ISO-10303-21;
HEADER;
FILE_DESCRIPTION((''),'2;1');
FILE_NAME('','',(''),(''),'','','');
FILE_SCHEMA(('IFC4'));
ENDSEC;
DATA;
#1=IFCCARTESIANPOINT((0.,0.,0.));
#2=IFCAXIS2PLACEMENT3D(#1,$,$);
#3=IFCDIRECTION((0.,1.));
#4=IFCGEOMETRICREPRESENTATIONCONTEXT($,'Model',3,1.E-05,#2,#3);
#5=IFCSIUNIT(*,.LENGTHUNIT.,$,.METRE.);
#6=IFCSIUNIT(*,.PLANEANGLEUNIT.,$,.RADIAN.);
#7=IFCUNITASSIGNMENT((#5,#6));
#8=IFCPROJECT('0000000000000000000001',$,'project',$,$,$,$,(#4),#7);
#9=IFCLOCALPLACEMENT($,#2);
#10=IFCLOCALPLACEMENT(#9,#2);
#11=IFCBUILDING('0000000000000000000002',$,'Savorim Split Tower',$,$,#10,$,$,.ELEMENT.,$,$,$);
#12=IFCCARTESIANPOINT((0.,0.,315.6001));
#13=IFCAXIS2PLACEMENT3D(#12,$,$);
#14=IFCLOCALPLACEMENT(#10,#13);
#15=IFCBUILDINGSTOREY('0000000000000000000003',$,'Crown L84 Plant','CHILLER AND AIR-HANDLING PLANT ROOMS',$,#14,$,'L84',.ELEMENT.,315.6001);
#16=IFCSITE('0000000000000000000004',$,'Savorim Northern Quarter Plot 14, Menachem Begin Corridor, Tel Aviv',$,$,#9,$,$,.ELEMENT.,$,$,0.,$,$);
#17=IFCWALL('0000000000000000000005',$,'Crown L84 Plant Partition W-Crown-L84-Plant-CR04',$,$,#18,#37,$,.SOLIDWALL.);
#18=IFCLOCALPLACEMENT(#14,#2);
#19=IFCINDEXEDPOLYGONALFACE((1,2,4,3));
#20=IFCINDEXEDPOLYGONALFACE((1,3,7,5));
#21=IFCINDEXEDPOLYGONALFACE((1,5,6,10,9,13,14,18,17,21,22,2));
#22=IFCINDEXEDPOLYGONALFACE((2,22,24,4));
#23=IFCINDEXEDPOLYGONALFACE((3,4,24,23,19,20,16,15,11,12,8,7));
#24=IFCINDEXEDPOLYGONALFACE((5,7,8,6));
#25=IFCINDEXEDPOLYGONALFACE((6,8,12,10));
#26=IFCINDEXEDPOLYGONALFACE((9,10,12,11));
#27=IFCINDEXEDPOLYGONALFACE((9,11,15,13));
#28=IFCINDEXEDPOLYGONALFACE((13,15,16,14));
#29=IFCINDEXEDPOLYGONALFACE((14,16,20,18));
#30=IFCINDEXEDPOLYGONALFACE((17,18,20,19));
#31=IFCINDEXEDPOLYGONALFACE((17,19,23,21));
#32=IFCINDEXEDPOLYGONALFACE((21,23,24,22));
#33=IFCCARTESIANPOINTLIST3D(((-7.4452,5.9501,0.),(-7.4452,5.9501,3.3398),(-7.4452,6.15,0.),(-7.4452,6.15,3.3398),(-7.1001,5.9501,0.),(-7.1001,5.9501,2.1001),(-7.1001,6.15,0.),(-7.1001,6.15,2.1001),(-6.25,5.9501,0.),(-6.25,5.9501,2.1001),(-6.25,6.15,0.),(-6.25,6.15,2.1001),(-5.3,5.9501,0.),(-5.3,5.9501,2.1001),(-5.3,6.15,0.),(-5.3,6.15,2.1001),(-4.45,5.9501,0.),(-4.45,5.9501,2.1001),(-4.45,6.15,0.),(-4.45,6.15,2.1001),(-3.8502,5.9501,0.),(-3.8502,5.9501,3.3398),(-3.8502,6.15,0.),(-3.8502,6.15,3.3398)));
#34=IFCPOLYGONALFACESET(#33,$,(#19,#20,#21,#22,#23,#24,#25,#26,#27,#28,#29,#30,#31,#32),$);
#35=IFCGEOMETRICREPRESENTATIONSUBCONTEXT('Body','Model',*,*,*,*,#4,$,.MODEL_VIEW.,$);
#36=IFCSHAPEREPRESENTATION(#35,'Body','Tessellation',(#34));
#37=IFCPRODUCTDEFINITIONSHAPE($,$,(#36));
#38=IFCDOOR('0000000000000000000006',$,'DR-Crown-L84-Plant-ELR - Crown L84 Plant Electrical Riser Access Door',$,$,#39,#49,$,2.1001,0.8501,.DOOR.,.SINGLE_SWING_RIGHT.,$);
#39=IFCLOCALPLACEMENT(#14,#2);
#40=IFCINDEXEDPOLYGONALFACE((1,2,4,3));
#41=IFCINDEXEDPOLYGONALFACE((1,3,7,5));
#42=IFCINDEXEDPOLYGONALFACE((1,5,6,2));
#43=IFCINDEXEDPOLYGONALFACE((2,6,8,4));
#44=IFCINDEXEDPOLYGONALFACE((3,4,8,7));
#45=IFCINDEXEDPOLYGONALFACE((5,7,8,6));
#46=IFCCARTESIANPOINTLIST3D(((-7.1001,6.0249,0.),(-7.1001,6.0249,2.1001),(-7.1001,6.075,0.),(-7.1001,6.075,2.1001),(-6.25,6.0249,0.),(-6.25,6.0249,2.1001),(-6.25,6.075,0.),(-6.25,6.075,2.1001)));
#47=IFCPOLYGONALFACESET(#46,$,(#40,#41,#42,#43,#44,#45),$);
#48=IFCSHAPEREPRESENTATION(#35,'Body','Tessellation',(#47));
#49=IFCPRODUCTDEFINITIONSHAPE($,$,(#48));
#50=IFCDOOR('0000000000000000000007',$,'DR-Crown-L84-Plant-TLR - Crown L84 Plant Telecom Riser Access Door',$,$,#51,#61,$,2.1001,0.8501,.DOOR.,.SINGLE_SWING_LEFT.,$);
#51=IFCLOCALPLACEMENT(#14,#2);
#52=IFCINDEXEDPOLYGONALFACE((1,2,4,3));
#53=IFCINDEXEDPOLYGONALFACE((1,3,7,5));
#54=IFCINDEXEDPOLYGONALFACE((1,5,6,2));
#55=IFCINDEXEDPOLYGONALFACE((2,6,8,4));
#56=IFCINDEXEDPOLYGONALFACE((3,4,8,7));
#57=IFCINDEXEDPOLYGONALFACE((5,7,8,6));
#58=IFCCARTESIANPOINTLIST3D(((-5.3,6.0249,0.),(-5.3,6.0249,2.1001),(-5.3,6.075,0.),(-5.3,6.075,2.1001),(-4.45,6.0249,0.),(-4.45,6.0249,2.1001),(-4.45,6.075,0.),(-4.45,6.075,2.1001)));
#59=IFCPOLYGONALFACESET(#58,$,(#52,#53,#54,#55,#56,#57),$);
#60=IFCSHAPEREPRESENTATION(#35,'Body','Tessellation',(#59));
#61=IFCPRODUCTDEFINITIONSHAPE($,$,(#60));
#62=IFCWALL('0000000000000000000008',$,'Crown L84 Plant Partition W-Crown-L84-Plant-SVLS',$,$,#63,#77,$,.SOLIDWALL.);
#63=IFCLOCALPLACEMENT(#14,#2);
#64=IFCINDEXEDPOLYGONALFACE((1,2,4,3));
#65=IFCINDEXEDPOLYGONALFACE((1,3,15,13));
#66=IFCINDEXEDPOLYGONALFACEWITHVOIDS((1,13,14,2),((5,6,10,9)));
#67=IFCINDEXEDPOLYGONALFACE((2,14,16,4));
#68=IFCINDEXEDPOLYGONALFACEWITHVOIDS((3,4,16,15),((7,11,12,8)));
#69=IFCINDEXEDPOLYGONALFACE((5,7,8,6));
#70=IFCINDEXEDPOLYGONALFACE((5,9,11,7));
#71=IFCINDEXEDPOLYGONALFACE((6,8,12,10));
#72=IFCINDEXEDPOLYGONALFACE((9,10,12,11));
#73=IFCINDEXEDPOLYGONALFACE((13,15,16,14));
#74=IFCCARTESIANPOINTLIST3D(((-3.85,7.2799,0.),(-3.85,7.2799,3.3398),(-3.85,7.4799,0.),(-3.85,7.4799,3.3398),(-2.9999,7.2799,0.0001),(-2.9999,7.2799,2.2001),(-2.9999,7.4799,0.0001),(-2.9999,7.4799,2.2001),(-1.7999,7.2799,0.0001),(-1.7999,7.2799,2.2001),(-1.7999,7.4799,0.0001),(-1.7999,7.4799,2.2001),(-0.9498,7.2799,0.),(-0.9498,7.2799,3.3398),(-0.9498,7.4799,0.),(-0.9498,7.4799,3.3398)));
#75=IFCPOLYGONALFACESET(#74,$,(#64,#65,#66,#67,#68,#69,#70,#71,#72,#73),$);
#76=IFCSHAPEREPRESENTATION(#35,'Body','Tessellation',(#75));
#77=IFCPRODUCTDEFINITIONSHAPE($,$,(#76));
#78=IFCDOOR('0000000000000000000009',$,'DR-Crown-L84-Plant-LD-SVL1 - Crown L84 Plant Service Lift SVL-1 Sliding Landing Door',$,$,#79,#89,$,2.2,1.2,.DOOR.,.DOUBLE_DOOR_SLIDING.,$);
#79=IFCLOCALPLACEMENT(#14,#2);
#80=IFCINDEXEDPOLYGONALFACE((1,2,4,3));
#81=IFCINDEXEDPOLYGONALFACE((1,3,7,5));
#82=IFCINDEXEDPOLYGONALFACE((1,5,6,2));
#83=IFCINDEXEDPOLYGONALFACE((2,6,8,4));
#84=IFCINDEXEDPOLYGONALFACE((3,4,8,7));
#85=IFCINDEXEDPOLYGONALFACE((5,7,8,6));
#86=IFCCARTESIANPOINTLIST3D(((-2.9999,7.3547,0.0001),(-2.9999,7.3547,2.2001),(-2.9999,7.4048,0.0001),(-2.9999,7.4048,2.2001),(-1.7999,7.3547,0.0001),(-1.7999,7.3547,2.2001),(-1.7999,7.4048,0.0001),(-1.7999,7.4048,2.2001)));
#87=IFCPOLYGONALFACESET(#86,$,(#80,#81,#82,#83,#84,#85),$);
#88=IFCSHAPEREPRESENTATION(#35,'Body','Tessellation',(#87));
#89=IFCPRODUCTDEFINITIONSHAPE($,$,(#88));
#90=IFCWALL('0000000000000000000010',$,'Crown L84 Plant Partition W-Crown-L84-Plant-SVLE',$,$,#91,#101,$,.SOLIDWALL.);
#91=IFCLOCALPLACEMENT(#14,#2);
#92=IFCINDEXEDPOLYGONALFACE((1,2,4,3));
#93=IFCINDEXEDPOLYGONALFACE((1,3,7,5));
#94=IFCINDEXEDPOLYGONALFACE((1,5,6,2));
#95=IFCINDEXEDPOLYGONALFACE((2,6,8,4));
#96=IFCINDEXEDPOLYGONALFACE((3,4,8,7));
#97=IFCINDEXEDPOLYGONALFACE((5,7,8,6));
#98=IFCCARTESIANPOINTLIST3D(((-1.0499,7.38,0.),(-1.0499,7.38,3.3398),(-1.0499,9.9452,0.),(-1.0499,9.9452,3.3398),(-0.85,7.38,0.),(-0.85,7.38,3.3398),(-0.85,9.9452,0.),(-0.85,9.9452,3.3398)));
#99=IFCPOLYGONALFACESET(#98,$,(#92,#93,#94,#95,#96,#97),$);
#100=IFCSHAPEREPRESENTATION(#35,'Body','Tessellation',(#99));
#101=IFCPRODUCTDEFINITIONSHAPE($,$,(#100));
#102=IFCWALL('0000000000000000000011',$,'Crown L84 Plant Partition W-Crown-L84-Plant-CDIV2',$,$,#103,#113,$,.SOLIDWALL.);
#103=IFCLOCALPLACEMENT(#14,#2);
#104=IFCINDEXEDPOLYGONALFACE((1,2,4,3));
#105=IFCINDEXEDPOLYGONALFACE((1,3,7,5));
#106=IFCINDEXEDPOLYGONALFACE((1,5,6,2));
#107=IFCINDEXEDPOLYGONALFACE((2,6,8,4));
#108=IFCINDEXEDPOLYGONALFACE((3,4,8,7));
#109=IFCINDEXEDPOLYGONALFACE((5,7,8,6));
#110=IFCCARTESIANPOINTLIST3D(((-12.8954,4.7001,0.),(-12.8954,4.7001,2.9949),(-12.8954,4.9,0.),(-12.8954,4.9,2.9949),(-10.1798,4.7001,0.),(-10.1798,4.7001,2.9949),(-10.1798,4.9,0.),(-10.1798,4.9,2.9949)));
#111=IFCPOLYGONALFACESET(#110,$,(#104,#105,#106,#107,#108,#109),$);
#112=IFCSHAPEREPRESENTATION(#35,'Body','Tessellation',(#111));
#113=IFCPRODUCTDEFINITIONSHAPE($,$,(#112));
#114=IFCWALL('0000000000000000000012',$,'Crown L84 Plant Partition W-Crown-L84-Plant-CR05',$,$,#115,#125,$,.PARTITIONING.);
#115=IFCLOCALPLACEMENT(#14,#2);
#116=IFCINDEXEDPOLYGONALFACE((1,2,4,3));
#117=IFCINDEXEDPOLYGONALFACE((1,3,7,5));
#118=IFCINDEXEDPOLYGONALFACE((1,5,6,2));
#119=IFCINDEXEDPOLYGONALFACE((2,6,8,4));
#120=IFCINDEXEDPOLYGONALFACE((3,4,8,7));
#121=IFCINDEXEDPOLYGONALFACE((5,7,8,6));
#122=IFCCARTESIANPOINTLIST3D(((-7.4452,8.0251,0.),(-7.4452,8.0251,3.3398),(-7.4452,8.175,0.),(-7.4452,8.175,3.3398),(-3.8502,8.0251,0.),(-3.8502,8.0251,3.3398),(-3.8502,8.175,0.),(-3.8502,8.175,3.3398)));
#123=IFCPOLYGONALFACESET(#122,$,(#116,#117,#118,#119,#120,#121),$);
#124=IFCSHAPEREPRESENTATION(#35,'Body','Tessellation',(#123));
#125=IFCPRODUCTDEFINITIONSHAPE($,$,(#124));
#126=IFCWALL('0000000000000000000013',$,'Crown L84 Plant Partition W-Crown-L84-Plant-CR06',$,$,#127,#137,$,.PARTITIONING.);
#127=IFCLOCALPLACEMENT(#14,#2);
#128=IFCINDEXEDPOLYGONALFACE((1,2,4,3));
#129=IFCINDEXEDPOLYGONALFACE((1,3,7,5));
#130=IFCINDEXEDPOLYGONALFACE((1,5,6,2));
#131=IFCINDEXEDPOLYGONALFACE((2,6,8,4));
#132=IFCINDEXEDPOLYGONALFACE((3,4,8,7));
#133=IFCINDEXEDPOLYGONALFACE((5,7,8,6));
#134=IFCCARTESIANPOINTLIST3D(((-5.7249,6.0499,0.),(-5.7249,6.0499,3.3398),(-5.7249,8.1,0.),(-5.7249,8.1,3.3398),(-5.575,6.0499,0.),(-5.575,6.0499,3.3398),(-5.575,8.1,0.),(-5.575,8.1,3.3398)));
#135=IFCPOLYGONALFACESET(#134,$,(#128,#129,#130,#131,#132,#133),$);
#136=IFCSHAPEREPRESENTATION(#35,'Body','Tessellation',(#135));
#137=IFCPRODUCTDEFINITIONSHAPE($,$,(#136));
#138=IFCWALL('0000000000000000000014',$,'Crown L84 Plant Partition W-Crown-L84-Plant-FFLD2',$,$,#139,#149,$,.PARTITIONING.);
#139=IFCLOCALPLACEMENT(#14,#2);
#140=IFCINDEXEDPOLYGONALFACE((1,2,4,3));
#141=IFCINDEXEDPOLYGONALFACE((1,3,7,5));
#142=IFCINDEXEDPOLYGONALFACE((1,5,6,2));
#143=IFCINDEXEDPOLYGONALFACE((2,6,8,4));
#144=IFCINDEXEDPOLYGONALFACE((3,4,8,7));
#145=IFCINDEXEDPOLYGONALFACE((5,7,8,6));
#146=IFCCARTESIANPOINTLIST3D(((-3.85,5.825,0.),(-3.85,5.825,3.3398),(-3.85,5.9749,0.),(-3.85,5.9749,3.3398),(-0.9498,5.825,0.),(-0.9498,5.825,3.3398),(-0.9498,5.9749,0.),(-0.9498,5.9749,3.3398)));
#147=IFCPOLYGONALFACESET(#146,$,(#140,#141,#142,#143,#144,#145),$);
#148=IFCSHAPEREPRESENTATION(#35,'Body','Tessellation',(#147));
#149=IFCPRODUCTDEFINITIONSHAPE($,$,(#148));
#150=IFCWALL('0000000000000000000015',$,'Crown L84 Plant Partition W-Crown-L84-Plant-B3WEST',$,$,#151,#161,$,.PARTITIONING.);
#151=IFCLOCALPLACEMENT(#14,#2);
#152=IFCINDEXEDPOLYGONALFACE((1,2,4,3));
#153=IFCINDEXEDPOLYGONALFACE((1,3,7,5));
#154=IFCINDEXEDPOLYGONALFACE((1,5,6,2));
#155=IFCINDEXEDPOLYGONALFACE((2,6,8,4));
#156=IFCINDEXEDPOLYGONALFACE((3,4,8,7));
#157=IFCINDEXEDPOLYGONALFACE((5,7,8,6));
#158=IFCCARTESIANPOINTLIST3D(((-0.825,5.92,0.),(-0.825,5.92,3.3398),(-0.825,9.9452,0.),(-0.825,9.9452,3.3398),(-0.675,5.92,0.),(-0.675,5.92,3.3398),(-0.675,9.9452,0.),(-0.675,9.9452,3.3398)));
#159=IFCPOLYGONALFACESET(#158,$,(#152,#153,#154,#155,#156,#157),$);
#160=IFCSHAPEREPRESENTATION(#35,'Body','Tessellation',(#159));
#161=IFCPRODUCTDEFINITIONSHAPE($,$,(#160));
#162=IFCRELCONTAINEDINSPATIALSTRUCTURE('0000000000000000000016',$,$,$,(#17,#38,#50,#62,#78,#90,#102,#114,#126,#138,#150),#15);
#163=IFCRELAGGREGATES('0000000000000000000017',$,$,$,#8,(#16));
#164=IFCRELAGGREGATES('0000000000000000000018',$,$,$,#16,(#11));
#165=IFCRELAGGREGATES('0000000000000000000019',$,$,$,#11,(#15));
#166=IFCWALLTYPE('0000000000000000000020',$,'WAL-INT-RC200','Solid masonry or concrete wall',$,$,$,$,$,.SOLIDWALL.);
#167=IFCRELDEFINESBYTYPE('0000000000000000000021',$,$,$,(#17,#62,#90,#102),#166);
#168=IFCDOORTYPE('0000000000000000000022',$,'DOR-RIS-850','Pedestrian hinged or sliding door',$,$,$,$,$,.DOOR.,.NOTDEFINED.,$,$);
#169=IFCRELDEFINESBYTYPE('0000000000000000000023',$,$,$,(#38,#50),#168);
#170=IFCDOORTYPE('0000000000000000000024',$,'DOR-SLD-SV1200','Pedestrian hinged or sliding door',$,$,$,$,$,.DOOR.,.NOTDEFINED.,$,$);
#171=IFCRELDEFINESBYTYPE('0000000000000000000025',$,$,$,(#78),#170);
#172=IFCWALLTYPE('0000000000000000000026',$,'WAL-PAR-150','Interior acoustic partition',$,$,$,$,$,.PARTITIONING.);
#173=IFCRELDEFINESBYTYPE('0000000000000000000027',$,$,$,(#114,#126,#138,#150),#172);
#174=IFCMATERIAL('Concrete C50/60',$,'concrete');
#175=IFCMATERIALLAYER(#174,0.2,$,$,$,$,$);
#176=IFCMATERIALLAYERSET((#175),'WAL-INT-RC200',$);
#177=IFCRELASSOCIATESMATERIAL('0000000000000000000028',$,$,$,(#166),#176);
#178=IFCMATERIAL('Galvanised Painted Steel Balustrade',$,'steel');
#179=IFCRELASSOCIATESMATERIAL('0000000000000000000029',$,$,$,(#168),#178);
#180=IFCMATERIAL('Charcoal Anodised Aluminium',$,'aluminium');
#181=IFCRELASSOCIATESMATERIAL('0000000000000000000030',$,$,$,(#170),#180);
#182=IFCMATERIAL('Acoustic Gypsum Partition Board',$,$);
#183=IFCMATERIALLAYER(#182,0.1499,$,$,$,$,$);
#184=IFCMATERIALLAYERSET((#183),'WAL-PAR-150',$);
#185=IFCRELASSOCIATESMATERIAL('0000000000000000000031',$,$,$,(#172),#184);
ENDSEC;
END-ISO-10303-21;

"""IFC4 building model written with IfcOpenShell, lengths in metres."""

from ifc_helpers import new_model, si_unit, direction, frame, frame_2d, origin, place, context, subcontext, project, spatial, rectangle, extrude, material, layer, layer_set, type_object, element, fill, save


model = new_model("IFC4")

# Units and contexts
model_context = context("Model", 3, precision=1e-05, world=origin(), true_north=direction((0.0, 1.0)))
body_context = subcontext(model_context, "Body", "Model", "MODEL_VIEW")
ifc_project = project(units=[si_unit("LENGTHUNIT", "METRE"), si_unit("PLANEANGLEUNIT", "RADIAN")], contexts=[model_context])

# Site, building, storey
site_placement = place(None, origin())
site = spatial("IfcSite", under=ifc_project, at=site_placement, Name="Savorim Northern Quarter Plot 14, Menachem Begin Corridor, Tel Aviv", CompositionType="ELEMENT", RefElevation=0.0)
building_placement = place(site_placement, origin())
building = spatial("IfcBuilding", under=site, at=building_placement, Name="Savorim Split Tower", CompositionType="ELEMENT")
storey_placement = place(building_placement, frame((0.0, 0.0, 315.6001)))
storey = spatial("IfcBuildingStorey", under=building, at=storey_placement, Name="Crown L84 Plant", Description="CHILLER AND AIR-HANDLING PLANT ROOMS", LongName="L84", CompositionType="ELEMENT", Elevation=315.6001)

# Shared definitions
ifc_material_1 = material(Name="Charcoal Anodised Aluminium", Category="aluminium")

# Wall, openings, doors
ifc_material_2 = material(Name="Concrete C50/60", Category="concrete")
ifc_layer_1 = layer(ifc_material_2, 0.2)
ifc_layer_set_1 = layer_set([ifc_layer_1], Name="WAL-INT-RC200")
wall_type_1 = type_object("IfcWallType", Name="WAL-INT-RC200", Description="Solid masonry or concrete wall", PredefinedType="SOLIDWALL", material=ifc_layer_set_1)
wall_1_placement = place(storey_placement, frame((-7.4451, 6.05, 0.0), z_axis=(0.0, 0.0, 1.0), x_axis=(1.0, 0.0, 0.0)))
wall_1 = element("IfcWall", 1, at=wall_1_placement, inside=storey, type_object=wall_type_1, Name="Crown L84 Plant Partition W-Crown-L84-Plant-CR04", PredefinedType="SOLIDWALL", context=body_context, shape_type="SweptSolid", body=[
    extrude(rectangle(XDim=3.595, YDim=0.2, at=frame_2d((1.7974, 0.0))), origin(), (0.0, 0.0, 1.0), 3.3398),
])
opening_1_placement = place(wall_1_placement, frame((0.345, 0.0, 0.0)))
opening_1 = element("IfcOpeningElement", 2, at=opening_1_placement, cuts=wall_1, PredefinedType="OPENING", context=body_context, shape_type="SweptSolid", body=[
    extrude(rectangle(XDim=0.8501, YDim=2.1001, at=frame_2d((0.425, 1.05))), frame((0.0, 0.1099, 0.0), z_axis=(0.0, -1.0, 0.0), x_axis=(1.0, 0.0, 0.0)), (0.0, 0.0, 1.0), 0.22),
])
opening_2_placement = place(wall_1_placement, frame((2.145, 0.0, 0.0)))
opening_2 = element("IfcOpeningElement", 3, at=opening_2_placement, cuts=wall_1, PredefinedType="OPENING", context=body_context, shape_type="SweptSolid", body=[
    extrude(rectangle(XDim=0.8501, YDim=2.1001, at=frame_2d((0.425, 1.05))), frame((0.0, 0.1099, 0.0), z_axis=(0.0, -1.0, 0.0), x_axis=(1.0, 0.0, 0.0)), (0.0, 0.0, 1.0), 0.22),
])
ifc_material_3 = material(Name="Galvanised Painted Steel Balustrade", Category="steel")
door_type_1 = type_object("IfcDoorType", Name="DOR-RIS-850", Description="Pedestrian hinged or sliding door", OperationType="NOTDEFINED", PredefinedType="DOOR", material=ifc_material_3)
door_1_placement = place(opening_1_placement, origin())
door_1 = element("IfcDoor", 4, at=door_1_placement, inside=storey, type_object=door_type_1, Name="DR-Crown-L84-Plant-ELR - Crown L84 Plant Electrical Riser Access Door", OperationType="SINGLE_SWING_RIGHT", OverallHeight=2.1001, OverallWidth=0.8501, PredefinedType="DOOR", context=body_context, shape_type="SweptSolid", body=[
    extrude(rectangle(XDim=0.8501, YDim=2.1001, at=frame_2d((0.425, 1.05))), frame((0.0, 0.0249, 0.0), z_axis=(0.0, -1.0, 0.0), x_axis=(1.0, 0.0, 0.0)), (0.0, 0.0, 1.0), 0.05),
])
fill(opening_1, door_1)
door_2_placement = place(opening_2_placement, origin())
door_2 = element("IfcDoor", 5, at=door_2_placement, inside=storey, type_object=door_type_1, Name="DR-Crown-L84-Plant-TLR - Crown L84 Plant Telecom Riser Access Door", OperationType="SINGLE_SWING_LEFT", OverallHeight=2.1001, OverallWidth=0.8501, PredefinedType="DOOR", context=body_context, shape_type="SweptSolid", body=[
    extrude(rectangle(XDim=0.8501, YDim=2.1001, at=frame_2d((0.425, 1.05))), frame((0.0, 0.0249, 0.0), z_axis=(0.0, -1.0, 0.0), x_axis=(1.0, 0.0, 0.0)), (0.0, 0.0, 1.0), 0.05),
])
fill(opening_2, door_2)

# Wall, opening, door
wall_2_placement = place(storey_placement, frame((-3.8501, 7.3799, 0.0), z_axis=(0.0, 0.0, 1.0), x_axis=(1.0, 0.0, 0.0)))
wall_2 = element("IfcWall", 6, at=wall_2_placement, inside=storey, type_object=wall_type_1, Name="Crown L84 Plant Partition W-Crown-L84-Plant-SVLS", PredefinedType="SOLIDWALL", context=body_context, shape_type="SweptSolid", body=[
    extrude(rectangle(XDim=2.9001, YDim=0.2, at=frame_2d((1.4502, 0.0))), origin(), (0.0, 0.0, 1.0), 3.3398),
])
opening_3_placement = place(wall_2_placement, frame((0.8501, 0.0, 0.0)))
opening_3 = element("IfcOpeningElement", 7, at=opening_3_placement, cuts=wall_2, PredefinedType="OPENING", context=body_context, shape_type="SweptSolid", body=[
    extrude(rectangle(XDim=1.2, YDim=2.2, at=frame_2d((0.6001, 1.1001))), frame((0.0, 0.1099, 0.0), z_axis=(0.0, -1.0, 0.0), x_axis=(1.0, 0.0, 0.0)), (0.0, 0.0, 1.0), 0.22),
])
door_type_2 = type_object("IfcDoorType", Name="DOR-SLD-SV1200", Description="Pedestrian hinged or sliding door", OperationType="NOTDEFINED", PredefinedType="DOOR", material=ifc_material_1)
door_3_placement = place(opening_3_placement, origin())
door_3 = element("IfcDoor", 8, at=door_3_placement, inside=storey, type_object=door_type_2, Name="DR-Crown-L84-Plant-LD-SVL1 - Crown L84 Plant Service Lift SVL-1 Sliding Landing Door", OperationType="DOUBLE_DOOR_SLIDING", OverallHeight=2.2, OverallWidth=1.2, PredefinedType="DOOR", context=body_context, shape_type="SweptSolid", body=[
    extrude(rectangle(XDim=1.2, YDim=2.2, at=frame_2d((0.6001, 1.1001))), frame((0.0, 0.0249, 0.0), z_axis=(0.0, -1.0, 0.0), x_axis=(1.0, 0.0, 0.0)), (0.0, 0.0, 1.0), 0.05),
])
fill(opening_3, door_3)

# Wall
wall_3_placement = place(storey_placement, frame((-0.95, 7.3799, 0.0), z_axis=(0.0, 0.0, 1.0), x_axis=(0.0, 1.0, 0.0)))
element("IfcWall", 9, at=wall_3_placement, inside=storey, type_object=wall_type_1, Name="Crown L84 Plant Partition W-Crown-L84-Plant-SVLE", PredefinedType="SOLIDWALL", context=body_context, shape_type="SweptSolid", body=[
    extrude(rectangle(XDim=2.5652, YDim=0.2, at=frame_2d((1.2827, 0.0))), origin(), (0.0, 0.0, 1.0), 3.3398),
])

# Walls
wall_4_placement = place(storey_placement, frame((-12.8955, 4.8, 0.0), z_axis=(0.0, 0.0, 1.0), x_axis=(1.0, 0.0, 0.0)))
element("IfcWall", 10, at=wall_4_placement, inside=storey, type_object=wall_type_1, Name="Crown L84 Plant Partition W-Crown-L84-Plant-CDIV2", PredefinedType="SOLIDWALL", context=body_context, shape_type="SweptSolid", body=[
    extrude(rectangle(XDim=2.7156, YDim=0.2, at=frame_2d((1.3579, 0.0))), origin(), (0.0, 0.0, 1.0), 2.9949),
])
ifc_material_4 = material(Name="Acoustic Gypsum Partition Board")
ifc_layer_2 = layer(ifc_material_4, 0.1499)
ifc_layer_set_2 = layer_set([ifc_layer_2], Name="WAL-PAR-150")
wall_type_2 = type_object("IfcWallType", Name="WAL-PAR-150", Description="Interior acoustic partition", PredefinedType="PARTITIONING", material=ifc_layer_set_2)
wall_5_placement = place(storey_placement, frame((-7.4451, 8.1001, 0.0), z_axis=(0.0, 0.0, 1.0), x_axis=(1.0, 0.0, 0.0)))
element("IfcWall", 11, at=wall_5_placement, inside=storey, type_object=wall_type_2, Name="Crown L84 Plant Partition W-Crown-L84-Plant-CR05", PredefinedType="PARTITIONING", context=body_context, shape_type="SweptSolid", body=[
    extrude(rectangle(XDim=3.595, YDim=0.1499, at=frame_2d((1.7974, 0.0))), origin(), (0.0, 0.0, 1.0), 3.3398),
])
wall_6_placement = place(storey_placement, frame((-5.6499, 6.05, 0.0), z_axis=(0.0, 0.0, 1.0), x_axis=(0.0, 1.0, 0.0)))
element("IfcWall", 12, at=wall_6_placement, inside=storey, type_object=wall_type_2, Name="Crown L84 Plant Partition W-Crown-L84-Plant-CR06", PredefinedType="PARTITIONING", context=body_context, shape_type="SweptSolid", body=[
    extrude(rectangle(XDim=2.05, YDim=0.1499, at=frame_2d((1.0249, 0.0))), origin(), (0.0, 0.0, 1.0), 3.3398),
])
wall_7_placement = place(storey_placement, frame((-3.8501, 5.8999, 0.0), z_axis=(0.0, 0.0, 1.0), x_axis=(1.0, 0.0, 0.0)))
element("IfcWall", 13, at=wall_7_placement, inside=storey, type_object=wall_type_2, Name="Crown L84 Plant Partition W-Crown-L84-Plant-FFLD2", PredefinedType="PARTITIONING", context=body_context, shape_type="SweptSolid", body=[
    extrude(rectangle(XDim=2.9001, YDim=0.1499, at=frame_2d((1.4502, 0.0))), origin(), (0.0, 0.0, 1.0), 3.3398),
])
wall_8_placement = place(storey_placement, frame((-0.75, 5.9199, 0.0), z_axis=(0.0, 0.0, 1.0), x_axis=(0.0, 1.0, 0.0)))
element("IfcWall", 14, at=wall_8_placement, inside=storey, type_object=wall_type_2, Name="Crown L84 Plant Partition W-Crown-L84-Plant-B3WEST", PredefinedType="PARTITIONING", context=body_context, shape_type="SweptSolid", body=[
    extrude(rectangle(XDim=4.0251, YDim=0.1499, at=frame_2d((2.0127, 0.0))), origin(), (0.0, 0.0, 1.0), 3.3398),
])

save(model, "model.ifc")
